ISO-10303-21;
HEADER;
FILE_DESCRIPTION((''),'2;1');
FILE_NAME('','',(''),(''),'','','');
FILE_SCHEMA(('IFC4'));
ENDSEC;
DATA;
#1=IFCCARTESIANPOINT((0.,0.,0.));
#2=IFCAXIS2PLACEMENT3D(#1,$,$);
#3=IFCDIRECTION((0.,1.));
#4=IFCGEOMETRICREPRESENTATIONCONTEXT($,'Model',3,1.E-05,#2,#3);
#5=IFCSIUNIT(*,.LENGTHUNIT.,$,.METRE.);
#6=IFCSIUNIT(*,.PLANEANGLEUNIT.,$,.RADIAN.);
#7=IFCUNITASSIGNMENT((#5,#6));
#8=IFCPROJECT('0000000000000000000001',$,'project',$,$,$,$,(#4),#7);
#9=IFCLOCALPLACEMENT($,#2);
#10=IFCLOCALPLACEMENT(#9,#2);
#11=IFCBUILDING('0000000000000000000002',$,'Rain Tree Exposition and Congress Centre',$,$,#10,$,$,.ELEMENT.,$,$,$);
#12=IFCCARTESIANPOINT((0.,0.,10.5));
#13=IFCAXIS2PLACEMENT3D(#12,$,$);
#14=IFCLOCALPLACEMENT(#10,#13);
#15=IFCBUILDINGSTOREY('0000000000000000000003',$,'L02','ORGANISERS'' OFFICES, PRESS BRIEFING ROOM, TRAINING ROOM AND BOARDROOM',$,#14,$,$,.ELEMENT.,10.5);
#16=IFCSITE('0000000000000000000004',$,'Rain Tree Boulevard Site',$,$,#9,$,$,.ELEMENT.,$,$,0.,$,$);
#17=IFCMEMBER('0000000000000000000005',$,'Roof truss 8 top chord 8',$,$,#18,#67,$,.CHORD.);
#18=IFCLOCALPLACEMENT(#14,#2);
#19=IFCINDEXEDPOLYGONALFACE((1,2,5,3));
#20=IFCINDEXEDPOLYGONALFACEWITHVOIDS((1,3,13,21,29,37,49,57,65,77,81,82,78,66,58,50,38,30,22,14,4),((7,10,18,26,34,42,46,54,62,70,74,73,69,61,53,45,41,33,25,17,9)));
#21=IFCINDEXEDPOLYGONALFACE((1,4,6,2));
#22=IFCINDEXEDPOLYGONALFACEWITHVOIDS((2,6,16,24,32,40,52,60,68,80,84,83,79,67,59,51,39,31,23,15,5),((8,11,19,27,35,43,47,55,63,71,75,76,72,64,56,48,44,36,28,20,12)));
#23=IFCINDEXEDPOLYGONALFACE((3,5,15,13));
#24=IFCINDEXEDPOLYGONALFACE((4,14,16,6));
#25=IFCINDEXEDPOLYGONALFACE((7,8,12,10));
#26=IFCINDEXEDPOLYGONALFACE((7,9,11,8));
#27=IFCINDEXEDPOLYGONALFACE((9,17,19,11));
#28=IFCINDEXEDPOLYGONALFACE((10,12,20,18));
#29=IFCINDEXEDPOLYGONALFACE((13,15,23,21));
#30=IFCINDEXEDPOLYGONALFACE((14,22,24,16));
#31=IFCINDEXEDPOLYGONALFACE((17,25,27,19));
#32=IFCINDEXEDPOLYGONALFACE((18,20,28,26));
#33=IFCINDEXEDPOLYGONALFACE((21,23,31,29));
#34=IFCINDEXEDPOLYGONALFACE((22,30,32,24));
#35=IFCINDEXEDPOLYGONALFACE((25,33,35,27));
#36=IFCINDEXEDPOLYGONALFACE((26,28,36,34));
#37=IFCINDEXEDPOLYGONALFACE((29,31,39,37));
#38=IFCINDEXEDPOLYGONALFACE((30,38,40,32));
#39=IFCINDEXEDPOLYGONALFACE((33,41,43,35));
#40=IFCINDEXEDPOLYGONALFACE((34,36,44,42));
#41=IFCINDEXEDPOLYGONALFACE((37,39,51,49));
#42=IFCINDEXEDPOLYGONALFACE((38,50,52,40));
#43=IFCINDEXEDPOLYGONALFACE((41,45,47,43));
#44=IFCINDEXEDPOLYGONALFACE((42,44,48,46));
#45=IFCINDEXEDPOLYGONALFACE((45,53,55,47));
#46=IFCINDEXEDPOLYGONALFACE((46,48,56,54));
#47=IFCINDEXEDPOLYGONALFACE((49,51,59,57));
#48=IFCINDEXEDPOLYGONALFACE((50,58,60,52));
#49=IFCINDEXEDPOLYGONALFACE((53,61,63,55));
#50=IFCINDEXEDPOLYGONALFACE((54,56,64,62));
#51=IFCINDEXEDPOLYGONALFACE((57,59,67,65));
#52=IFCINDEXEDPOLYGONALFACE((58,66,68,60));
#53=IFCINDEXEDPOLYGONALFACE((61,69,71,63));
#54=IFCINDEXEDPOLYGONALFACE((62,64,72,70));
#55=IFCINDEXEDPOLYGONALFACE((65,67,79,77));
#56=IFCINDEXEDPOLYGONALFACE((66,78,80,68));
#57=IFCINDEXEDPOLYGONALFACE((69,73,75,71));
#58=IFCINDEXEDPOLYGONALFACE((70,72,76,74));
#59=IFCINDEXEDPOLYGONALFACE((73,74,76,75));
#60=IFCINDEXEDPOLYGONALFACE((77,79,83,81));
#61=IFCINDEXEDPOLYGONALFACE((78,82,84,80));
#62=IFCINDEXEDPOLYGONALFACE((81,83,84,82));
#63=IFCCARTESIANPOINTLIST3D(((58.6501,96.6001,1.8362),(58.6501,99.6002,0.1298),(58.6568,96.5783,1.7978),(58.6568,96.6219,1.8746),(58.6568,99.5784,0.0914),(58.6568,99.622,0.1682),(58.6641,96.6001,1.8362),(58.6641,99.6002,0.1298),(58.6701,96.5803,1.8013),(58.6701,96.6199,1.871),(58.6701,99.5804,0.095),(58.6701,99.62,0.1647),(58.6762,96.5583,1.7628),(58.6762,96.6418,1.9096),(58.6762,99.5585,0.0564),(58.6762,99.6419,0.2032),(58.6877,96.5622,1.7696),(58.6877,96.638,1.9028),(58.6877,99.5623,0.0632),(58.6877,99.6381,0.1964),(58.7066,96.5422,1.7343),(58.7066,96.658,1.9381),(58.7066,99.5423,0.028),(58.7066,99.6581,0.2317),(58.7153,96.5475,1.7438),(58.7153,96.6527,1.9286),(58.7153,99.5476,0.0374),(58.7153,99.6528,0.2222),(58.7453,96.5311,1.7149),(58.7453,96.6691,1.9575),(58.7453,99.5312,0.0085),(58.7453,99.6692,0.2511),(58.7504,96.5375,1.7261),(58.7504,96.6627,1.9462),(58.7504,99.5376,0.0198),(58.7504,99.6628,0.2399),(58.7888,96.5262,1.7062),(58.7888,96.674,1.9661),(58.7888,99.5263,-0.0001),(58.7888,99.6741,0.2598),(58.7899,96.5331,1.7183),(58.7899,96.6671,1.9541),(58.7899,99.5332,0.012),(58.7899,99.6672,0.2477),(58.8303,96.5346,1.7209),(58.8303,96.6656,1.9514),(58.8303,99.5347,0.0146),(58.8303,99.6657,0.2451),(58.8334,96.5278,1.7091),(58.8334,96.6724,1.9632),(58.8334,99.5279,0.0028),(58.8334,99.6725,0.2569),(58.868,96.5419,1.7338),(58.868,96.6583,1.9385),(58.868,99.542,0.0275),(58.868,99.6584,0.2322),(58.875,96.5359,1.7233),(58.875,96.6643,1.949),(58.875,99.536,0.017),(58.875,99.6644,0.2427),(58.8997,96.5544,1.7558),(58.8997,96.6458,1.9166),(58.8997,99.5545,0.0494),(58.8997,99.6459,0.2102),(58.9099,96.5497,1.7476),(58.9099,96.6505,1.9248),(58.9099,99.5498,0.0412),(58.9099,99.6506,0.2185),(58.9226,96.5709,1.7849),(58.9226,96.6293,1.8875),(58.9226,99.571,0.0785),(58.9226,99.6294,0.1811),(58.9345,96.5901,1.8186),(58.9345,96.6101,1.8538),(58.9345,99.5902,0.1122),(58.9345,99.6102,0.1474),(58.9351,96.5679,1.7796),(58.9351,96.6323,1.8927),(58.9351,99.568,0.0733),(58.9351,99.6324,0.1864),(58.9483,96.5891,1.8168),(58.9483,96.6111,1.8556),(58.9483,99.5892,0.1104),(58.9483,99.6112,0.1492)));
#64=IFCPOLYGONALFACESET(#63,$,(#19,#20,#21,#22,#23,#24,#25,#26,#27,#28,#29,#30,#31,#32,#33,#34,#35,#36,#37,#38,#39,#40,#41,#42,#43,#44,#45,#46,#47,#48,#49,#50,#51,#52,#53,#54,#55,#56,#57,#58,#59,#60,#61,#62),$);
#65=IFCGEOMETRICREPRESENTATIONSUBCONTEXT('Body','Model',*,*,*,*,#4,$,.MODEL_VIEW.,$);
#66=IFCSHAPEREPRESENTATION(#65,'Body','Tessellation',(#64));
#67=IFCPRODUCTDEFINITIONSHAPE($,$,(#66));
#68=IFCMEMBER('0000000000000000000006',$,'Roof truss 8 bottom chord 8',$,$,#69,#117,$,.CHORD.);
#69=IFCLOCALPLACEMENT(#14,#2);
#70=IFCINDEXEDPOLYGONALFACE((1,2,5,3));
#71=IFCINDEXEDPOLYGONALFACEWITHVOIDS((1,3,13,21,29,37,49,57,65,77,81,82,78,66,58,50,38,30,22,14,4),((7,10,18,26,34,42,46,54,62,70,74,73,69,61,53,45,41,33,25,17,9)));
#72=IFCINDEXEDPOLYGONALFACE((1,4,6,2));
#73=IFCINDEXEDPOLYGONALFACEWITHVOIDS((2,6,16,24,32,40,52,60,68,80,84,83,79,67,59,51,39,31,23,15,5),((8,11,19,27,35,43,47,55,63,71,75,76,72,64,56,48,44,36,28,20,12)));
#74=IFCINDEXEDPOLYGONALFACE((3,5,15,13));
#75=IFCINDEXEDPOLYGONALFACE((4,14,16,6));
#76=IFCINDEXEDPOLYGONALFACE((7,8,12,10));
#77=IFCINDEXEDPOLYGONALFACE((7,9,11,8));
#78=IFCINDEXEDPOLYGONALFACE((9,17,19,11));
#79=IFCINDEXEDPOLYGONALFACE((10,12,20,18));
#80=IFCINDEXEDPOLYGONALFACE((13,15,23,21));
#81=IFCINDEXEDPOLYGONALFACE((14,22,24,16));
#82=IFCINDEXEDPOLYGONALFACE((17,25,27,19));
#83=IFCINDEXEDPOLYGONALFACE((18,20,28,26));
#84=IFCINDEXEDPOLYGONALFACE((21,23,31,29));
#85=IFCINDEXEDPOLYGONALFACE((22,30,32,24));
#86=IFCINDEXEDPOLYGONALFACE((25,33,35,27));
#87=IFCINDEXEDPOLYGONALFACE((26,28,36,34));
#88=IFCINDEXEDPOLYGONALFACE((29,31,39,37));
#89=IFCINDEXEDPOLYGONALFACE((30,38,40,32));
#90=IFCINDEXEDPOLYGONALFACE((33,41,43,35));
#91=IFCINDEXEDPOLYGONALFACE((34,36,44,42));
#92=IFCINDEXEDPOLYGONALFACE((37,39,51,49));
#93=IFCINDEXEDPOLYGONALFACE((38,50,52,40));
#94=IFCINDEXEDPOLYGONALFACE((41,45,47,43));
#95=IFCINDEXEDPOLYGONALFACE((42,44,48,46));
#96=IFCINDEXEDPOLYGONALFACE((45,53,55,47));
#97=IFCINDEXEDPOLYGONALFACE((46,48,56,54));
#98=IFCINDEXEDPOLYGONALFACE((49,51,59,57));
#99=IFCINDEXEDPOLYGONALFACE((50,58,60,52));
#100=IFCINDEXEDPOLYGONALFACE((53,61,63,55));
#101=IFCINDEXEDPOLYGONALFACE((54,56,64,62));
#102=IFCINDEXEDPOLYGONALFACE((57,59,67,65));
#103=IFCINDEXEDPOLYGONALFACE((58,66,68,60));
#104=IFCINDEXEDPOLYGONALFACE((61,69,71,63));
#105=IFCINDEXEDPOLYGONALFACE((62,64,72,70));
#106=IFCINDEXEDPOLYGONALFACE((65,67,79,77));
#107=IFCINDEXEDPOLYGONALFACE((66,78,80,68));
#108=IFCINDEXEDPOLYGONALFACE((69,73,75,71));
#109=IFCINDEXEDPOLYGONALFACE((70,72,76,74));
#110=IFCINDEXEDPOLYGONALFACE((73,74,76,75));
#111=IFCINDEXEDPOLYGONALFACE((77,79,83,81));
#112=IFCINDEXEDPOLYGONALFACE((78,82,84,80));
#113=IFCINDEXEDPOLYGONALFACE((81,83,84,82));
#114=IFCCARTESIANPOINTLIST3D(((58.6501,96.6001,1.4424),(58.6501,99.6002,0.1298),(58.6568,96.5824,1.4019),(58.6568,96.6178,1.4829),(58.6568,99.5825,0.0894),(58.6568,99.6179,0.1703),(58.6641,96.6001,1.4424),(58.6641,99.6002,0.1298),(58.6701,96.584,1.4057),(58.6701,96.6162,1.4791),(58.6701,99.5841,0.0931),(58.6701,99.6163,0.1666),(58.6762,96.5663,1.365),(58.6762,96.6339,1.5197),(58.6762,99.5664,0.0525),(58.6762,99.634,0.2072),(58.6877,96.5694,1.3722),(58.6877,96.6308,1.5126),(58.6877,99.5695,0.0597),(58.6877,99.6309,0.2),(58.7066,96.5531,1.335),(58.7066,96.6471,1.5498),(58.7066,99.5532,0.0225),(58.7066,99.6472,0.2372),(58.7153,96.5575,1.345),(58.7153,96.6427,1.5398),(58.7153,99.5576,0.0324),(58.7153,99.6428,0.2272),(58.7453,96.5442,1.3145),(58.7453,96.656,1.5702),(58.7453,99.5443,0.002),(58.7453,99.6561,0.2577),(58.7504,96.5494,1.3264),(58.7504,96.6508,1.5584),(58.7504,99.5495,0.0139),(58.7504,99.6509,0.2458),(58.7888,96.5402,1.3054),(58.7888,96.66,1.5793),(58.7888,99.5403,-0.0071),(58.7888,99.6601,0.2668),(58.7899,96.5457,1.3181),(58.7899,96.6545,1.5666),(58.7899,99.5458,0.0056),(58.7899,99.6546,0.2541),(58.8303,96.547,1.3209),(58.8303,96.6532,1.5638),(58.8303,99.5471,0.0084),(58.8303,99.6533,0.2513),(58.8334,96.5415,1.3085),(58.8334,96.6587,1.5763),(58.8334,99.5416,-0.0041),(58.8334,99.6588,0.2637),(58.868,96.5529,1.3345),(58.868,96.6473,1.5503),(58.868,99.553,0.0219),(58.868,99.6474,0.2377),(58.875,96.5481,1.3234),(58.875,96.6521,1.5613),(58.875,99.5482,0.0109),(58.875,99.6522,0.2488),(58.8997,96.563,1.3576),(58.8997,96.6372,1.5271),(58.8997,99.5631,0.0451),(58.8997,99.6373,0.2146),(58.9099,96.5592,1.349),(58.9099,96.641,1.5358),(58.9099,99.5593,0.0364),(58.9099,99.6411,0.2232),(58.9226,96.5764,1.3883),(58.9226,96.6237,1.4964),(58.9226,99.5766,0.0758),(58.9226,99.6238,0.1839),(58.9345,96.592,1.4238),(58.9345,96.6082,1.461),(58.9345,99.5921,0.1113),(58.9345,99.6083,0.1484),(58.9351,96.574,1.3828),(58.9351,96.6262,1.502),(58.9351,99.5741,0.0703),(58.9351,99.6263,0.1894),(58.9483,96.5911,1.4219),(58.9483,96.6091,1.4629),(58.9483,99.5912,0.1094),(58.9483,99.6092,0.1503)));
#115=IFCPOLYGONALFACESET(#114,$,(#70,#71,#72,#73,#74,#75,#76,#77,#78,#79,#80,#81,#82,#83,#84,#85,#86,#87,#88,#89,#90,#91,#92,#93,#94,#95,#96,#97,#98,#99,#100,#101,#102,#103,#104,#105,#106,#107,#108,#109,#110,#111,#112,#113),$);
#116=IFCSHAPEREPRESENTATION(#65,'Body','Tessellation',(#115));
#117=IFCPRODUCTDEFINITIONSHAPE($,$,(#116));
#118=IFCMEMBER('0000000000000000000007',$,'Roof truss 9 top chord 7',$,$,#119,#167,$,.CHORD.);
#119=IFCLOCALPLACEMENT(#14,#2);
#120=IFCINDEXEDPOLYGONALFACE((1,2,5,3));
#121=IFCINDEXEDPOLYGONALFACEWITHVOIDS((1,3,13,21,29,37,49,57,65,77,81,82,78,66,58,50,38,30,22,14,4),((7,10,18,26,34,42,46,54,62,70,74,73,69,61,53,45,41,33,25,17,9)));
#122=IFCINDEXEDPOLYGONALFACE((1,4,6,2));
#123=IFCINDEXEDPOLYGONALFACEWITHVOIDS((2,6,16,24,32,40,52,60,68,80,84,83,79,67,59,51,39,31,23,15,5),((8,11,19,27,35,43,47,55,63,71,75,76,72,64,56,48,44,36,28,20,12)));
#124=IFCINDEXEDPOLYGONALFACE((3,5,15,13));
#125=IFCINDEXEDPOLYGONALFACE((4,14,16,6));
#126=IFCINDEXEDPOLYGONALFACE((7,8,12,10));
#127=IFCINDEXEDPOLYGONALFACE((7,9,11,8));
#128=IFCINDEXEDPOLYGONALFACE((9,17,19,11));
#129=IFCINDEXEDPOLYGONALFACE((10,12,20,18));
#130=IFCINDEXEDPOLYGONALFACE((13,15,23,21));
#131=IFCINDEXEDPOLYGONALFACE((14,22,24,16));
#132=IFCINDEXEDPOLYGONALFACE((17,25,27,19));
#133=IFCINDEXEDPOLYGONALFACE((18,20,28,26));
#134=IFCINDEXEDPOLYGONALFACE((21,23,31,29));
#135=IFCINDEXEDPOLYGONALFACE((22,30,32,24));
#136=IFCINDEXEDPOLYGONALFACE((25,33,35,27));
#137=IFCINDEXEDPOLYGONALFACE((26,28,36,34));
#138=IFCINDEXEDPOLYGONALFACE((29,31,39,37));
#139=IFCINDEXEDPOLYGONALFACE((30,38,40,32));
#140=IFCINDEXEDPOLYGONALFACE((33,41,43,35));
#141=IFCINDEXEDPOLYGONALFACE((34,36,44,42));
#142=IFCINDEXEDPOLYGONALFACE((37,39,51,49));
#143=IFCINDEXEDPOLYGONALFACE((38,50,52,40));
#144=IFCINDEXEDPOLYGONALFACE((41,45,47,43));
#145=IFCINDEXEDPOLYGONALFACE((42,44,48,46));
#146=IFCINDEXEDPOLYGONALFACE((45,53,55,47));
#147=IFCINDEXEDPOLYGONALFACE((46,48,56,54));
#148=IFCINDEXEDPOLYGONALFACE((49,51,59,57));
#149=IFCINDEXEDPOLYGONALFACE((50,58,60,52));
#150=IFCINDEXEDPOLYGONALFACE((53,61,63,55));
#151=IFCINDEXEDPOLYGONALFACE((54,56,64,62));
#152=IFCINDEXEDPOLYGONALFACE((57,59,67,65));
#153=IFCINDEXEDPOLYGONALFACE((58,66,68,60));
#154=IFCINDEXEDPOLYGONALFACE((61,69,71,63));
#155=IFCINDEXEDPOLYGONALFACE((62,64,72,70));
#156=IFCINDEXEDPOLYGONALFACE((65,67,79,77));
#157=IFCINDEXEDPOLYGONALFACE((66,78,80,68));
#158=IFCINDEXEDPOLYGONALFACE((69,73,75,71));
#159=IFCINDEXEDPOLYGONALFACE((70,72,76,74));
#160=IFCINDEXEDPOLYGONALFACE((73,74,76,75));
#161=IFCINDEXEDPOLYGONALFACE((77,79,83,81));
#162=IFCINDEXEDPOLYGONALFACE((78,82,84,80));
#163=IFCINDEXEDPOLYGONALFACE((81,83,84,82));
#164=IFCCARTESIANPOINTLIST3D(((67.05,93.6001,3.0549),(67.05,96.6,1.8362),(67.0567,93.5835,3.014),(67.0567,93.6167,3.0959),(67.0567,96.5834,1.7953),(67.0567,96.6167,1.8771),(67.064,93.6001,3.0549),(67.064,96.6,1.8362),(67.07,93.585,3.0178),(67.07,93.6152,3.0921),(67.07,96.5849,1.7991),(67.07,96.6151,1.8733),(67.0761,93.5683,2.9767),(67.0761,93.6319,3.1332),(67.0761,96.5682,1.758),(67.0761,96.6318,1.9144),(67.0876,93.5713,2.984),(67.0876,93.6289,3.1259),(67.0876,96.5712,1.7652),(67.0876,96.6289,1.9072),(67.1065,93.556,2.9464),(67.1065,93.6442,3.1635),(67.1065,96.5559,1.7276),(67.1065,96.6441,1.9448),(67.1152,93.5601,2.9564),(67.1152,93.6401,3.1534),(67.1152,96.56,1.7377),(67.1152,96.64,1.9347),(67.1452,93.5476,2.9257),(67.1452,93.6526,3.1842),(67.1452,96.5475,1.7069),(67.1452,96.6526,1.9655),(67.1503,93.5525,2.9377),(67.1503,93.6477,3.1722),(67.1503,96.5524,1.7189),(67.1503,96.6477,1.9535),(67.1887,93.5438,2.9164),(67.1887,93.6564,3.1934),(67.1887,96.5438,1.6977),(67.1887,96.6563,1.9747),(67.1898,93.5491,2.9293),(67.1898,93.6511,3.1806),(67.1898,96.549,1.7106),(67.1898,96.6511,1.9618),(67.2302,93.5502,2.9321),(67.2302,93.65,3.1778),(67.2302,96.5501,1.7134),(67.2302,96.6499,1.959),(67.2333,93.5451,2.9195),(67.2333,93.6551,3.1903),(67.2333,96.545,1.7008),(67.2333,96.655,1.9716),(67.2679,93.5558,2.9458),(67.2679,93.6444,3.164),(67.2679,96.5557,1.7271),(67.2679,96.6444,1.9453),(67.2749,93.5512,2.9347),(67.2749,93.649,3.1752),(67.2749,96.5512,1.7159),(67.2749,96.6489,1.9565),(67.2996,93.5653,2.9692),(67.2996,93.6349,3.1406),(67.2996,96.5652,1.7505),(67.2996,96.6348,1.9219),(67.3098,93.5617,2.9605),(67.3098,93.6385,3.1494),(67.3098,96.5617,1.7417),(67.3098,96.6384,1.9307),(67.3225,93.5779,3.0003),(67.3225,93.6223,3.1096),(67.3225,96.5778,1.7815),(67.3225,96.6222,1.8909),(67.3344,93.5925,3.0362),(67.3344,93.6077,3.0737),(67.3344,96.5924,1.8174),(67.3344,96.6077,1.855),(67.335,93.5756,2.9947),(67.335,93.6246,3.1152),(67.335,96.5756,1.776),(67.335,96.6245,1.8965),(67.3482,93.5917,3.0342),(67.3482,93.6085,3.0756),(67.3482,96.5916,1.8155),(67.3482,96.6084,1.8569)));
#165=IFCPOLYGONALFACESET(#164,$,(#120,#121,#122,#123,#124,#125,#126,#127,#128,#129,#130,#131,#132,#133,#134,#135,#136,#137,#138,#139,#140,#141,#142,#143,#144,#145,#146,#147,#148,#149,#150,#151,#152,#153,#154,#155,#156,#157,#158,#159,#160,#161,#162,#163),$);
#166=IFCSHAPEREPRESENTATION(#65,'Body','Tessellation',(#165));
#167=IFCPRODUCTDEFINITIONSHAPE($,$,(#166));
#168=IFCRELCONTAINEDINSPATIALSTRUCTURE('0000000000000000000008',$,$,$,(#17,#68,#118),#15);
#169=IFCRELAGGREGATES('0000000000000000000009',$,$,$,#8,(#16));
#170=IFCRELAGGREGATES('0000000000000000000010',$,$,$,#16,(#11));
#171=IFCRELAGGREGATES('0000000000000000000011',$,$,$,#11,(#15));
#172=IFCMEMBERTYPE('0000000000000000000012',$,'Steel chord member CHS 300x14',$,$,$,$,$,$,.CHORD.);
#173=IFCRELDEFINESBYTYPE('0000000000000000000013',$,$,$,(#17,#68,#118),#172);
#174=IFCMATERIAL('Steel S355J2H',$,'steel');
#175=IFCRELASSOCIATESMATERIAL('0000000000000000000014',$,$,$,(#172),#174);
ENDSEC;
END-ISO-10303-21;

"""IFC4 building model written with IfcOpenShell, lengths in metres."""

from ifc_helpers import new_model, si_unit, direction, frame, origin, origin_2d, place, context, subcontext, project, spatial, hollow_circle, extrude, material, material_profile, profile_set, type_object, element, save


model = new_model("IFC4")

# Units and contexts
model_context = context("Model", 3, precision=1e-05, world=origin(), true_north=direction((0.0, 1.0)))
body_context = subcontext(model_context, "Body", "Model", "MODEL_VIEW")
ifc_project = project(units=[si_unit("LENGTHUNIT", "METRE"), si_unit("PLANEANGLEUNIT", "RADIAN")], contexts=[model_context])

# Site, building, storey
site_placement = place(None, origin())
site = spatial("IfcSite", under=ifc_project, at=site_placement, Name="Rain Tree Boulevard Site", CompositionType="ELEMENT", RefElevation=0.0)
building_placement = place(site_placement, origin())
building = spatial("IfcBuilding", under=site, at=building_placement, Name="Rain Tree Exposition and Congress Centre", CompositionType="ELEMENT")
storey_placement = place(building_placement, frame((0.0, 0.0, 10.5)))
storey = spatial("IfcBuildingStorey", under=building, at=storey_placement, Name="L02", Description="ORGANISERS' OFFICES, PRESS BRIEFING ROOM, TRAINING ROOM AND BOARDROOM", CompositionType="ELEMENT", Elevation=10.5)

# Members
ifc_material_1 = material(Name="Steel S355J2H", Category="steel")
ifc_material_profile_1 = material_profile(ifc_material_1, hollow_circle(Radius=0.1499, WallThickness=0.0139, at=origin_2d()), Name="CHS 300x14")
ifc_profile_set_1 = profile_set([ifc_material_profile_1], Name="Steel S355J2H")
member_type_1 = type_object("IfcMemberType", Name="Steel chord member CHS 300x14", PredefinedType="CHORD", material=ifc_profile_set_1)
member_1_placement = place(storey_placement, frame((58.8, 96.6001, 1.8362), z_axis=(0.0, 0.869238, -0.494393), x_axis=(-1.0, 0.0, 0.0)))
element("IfcMember", 1, at=member_1_placement, inside=storey, type_object=member_type_1, Name="Roof truss 8 top chord 8", PredefinedType="CHORD", context=body_context, shape_type="SweptSolid", body=[
    extrude(hollow_circle(Radius=0.1499, WallThickness=0.0139, at=origin_2d()), origin(), (0.0, 0.0, 1.0), 3.4514),
])
member_2_placement = place(storey_placement, frame((58.8, 96.6001, 1.4424), z_axis=(0.0, 0.916157, -0.400819), x_axis=(-1.0, 0.0, 0.0)))
element("IfcMember", 2, at=member_2_placement, inside=storey, type_object=member_type_1, Name="Roof truss 8 bottom chord 8", PredefinedType="CHORD", context=body_context, shape_type="SweptSolid", body=[
    extrude(hollow_circle(Radius=0.1499, WallThickness=0.0139, at=origin_2d()), origin(), (0.0, 0.0, 1.0), 3.2747),
])
member_3_placement = place(storey_placement, frame((67.2, 93.6001, 3.0549), z_axis=(0.0, 0.926467, -0.376377), x_axis=(-1.0, 0.0, 0.0)))
element("IfcMember", 3, at=member_3_placement, inside=storey, type_object=member_type_1, Name="Roof truss 9 top chord 7", PredefinedType="CHORD", context=body_context, shape_type="SweptSolid", body=[
    extrude(hollow_circle(Radius=0.1499, WallThickness=0.0139, at=origin_2d()), origin(), (0.0, 0.0, 1.0), 3.238),
])

save(model, "model.ifc")
